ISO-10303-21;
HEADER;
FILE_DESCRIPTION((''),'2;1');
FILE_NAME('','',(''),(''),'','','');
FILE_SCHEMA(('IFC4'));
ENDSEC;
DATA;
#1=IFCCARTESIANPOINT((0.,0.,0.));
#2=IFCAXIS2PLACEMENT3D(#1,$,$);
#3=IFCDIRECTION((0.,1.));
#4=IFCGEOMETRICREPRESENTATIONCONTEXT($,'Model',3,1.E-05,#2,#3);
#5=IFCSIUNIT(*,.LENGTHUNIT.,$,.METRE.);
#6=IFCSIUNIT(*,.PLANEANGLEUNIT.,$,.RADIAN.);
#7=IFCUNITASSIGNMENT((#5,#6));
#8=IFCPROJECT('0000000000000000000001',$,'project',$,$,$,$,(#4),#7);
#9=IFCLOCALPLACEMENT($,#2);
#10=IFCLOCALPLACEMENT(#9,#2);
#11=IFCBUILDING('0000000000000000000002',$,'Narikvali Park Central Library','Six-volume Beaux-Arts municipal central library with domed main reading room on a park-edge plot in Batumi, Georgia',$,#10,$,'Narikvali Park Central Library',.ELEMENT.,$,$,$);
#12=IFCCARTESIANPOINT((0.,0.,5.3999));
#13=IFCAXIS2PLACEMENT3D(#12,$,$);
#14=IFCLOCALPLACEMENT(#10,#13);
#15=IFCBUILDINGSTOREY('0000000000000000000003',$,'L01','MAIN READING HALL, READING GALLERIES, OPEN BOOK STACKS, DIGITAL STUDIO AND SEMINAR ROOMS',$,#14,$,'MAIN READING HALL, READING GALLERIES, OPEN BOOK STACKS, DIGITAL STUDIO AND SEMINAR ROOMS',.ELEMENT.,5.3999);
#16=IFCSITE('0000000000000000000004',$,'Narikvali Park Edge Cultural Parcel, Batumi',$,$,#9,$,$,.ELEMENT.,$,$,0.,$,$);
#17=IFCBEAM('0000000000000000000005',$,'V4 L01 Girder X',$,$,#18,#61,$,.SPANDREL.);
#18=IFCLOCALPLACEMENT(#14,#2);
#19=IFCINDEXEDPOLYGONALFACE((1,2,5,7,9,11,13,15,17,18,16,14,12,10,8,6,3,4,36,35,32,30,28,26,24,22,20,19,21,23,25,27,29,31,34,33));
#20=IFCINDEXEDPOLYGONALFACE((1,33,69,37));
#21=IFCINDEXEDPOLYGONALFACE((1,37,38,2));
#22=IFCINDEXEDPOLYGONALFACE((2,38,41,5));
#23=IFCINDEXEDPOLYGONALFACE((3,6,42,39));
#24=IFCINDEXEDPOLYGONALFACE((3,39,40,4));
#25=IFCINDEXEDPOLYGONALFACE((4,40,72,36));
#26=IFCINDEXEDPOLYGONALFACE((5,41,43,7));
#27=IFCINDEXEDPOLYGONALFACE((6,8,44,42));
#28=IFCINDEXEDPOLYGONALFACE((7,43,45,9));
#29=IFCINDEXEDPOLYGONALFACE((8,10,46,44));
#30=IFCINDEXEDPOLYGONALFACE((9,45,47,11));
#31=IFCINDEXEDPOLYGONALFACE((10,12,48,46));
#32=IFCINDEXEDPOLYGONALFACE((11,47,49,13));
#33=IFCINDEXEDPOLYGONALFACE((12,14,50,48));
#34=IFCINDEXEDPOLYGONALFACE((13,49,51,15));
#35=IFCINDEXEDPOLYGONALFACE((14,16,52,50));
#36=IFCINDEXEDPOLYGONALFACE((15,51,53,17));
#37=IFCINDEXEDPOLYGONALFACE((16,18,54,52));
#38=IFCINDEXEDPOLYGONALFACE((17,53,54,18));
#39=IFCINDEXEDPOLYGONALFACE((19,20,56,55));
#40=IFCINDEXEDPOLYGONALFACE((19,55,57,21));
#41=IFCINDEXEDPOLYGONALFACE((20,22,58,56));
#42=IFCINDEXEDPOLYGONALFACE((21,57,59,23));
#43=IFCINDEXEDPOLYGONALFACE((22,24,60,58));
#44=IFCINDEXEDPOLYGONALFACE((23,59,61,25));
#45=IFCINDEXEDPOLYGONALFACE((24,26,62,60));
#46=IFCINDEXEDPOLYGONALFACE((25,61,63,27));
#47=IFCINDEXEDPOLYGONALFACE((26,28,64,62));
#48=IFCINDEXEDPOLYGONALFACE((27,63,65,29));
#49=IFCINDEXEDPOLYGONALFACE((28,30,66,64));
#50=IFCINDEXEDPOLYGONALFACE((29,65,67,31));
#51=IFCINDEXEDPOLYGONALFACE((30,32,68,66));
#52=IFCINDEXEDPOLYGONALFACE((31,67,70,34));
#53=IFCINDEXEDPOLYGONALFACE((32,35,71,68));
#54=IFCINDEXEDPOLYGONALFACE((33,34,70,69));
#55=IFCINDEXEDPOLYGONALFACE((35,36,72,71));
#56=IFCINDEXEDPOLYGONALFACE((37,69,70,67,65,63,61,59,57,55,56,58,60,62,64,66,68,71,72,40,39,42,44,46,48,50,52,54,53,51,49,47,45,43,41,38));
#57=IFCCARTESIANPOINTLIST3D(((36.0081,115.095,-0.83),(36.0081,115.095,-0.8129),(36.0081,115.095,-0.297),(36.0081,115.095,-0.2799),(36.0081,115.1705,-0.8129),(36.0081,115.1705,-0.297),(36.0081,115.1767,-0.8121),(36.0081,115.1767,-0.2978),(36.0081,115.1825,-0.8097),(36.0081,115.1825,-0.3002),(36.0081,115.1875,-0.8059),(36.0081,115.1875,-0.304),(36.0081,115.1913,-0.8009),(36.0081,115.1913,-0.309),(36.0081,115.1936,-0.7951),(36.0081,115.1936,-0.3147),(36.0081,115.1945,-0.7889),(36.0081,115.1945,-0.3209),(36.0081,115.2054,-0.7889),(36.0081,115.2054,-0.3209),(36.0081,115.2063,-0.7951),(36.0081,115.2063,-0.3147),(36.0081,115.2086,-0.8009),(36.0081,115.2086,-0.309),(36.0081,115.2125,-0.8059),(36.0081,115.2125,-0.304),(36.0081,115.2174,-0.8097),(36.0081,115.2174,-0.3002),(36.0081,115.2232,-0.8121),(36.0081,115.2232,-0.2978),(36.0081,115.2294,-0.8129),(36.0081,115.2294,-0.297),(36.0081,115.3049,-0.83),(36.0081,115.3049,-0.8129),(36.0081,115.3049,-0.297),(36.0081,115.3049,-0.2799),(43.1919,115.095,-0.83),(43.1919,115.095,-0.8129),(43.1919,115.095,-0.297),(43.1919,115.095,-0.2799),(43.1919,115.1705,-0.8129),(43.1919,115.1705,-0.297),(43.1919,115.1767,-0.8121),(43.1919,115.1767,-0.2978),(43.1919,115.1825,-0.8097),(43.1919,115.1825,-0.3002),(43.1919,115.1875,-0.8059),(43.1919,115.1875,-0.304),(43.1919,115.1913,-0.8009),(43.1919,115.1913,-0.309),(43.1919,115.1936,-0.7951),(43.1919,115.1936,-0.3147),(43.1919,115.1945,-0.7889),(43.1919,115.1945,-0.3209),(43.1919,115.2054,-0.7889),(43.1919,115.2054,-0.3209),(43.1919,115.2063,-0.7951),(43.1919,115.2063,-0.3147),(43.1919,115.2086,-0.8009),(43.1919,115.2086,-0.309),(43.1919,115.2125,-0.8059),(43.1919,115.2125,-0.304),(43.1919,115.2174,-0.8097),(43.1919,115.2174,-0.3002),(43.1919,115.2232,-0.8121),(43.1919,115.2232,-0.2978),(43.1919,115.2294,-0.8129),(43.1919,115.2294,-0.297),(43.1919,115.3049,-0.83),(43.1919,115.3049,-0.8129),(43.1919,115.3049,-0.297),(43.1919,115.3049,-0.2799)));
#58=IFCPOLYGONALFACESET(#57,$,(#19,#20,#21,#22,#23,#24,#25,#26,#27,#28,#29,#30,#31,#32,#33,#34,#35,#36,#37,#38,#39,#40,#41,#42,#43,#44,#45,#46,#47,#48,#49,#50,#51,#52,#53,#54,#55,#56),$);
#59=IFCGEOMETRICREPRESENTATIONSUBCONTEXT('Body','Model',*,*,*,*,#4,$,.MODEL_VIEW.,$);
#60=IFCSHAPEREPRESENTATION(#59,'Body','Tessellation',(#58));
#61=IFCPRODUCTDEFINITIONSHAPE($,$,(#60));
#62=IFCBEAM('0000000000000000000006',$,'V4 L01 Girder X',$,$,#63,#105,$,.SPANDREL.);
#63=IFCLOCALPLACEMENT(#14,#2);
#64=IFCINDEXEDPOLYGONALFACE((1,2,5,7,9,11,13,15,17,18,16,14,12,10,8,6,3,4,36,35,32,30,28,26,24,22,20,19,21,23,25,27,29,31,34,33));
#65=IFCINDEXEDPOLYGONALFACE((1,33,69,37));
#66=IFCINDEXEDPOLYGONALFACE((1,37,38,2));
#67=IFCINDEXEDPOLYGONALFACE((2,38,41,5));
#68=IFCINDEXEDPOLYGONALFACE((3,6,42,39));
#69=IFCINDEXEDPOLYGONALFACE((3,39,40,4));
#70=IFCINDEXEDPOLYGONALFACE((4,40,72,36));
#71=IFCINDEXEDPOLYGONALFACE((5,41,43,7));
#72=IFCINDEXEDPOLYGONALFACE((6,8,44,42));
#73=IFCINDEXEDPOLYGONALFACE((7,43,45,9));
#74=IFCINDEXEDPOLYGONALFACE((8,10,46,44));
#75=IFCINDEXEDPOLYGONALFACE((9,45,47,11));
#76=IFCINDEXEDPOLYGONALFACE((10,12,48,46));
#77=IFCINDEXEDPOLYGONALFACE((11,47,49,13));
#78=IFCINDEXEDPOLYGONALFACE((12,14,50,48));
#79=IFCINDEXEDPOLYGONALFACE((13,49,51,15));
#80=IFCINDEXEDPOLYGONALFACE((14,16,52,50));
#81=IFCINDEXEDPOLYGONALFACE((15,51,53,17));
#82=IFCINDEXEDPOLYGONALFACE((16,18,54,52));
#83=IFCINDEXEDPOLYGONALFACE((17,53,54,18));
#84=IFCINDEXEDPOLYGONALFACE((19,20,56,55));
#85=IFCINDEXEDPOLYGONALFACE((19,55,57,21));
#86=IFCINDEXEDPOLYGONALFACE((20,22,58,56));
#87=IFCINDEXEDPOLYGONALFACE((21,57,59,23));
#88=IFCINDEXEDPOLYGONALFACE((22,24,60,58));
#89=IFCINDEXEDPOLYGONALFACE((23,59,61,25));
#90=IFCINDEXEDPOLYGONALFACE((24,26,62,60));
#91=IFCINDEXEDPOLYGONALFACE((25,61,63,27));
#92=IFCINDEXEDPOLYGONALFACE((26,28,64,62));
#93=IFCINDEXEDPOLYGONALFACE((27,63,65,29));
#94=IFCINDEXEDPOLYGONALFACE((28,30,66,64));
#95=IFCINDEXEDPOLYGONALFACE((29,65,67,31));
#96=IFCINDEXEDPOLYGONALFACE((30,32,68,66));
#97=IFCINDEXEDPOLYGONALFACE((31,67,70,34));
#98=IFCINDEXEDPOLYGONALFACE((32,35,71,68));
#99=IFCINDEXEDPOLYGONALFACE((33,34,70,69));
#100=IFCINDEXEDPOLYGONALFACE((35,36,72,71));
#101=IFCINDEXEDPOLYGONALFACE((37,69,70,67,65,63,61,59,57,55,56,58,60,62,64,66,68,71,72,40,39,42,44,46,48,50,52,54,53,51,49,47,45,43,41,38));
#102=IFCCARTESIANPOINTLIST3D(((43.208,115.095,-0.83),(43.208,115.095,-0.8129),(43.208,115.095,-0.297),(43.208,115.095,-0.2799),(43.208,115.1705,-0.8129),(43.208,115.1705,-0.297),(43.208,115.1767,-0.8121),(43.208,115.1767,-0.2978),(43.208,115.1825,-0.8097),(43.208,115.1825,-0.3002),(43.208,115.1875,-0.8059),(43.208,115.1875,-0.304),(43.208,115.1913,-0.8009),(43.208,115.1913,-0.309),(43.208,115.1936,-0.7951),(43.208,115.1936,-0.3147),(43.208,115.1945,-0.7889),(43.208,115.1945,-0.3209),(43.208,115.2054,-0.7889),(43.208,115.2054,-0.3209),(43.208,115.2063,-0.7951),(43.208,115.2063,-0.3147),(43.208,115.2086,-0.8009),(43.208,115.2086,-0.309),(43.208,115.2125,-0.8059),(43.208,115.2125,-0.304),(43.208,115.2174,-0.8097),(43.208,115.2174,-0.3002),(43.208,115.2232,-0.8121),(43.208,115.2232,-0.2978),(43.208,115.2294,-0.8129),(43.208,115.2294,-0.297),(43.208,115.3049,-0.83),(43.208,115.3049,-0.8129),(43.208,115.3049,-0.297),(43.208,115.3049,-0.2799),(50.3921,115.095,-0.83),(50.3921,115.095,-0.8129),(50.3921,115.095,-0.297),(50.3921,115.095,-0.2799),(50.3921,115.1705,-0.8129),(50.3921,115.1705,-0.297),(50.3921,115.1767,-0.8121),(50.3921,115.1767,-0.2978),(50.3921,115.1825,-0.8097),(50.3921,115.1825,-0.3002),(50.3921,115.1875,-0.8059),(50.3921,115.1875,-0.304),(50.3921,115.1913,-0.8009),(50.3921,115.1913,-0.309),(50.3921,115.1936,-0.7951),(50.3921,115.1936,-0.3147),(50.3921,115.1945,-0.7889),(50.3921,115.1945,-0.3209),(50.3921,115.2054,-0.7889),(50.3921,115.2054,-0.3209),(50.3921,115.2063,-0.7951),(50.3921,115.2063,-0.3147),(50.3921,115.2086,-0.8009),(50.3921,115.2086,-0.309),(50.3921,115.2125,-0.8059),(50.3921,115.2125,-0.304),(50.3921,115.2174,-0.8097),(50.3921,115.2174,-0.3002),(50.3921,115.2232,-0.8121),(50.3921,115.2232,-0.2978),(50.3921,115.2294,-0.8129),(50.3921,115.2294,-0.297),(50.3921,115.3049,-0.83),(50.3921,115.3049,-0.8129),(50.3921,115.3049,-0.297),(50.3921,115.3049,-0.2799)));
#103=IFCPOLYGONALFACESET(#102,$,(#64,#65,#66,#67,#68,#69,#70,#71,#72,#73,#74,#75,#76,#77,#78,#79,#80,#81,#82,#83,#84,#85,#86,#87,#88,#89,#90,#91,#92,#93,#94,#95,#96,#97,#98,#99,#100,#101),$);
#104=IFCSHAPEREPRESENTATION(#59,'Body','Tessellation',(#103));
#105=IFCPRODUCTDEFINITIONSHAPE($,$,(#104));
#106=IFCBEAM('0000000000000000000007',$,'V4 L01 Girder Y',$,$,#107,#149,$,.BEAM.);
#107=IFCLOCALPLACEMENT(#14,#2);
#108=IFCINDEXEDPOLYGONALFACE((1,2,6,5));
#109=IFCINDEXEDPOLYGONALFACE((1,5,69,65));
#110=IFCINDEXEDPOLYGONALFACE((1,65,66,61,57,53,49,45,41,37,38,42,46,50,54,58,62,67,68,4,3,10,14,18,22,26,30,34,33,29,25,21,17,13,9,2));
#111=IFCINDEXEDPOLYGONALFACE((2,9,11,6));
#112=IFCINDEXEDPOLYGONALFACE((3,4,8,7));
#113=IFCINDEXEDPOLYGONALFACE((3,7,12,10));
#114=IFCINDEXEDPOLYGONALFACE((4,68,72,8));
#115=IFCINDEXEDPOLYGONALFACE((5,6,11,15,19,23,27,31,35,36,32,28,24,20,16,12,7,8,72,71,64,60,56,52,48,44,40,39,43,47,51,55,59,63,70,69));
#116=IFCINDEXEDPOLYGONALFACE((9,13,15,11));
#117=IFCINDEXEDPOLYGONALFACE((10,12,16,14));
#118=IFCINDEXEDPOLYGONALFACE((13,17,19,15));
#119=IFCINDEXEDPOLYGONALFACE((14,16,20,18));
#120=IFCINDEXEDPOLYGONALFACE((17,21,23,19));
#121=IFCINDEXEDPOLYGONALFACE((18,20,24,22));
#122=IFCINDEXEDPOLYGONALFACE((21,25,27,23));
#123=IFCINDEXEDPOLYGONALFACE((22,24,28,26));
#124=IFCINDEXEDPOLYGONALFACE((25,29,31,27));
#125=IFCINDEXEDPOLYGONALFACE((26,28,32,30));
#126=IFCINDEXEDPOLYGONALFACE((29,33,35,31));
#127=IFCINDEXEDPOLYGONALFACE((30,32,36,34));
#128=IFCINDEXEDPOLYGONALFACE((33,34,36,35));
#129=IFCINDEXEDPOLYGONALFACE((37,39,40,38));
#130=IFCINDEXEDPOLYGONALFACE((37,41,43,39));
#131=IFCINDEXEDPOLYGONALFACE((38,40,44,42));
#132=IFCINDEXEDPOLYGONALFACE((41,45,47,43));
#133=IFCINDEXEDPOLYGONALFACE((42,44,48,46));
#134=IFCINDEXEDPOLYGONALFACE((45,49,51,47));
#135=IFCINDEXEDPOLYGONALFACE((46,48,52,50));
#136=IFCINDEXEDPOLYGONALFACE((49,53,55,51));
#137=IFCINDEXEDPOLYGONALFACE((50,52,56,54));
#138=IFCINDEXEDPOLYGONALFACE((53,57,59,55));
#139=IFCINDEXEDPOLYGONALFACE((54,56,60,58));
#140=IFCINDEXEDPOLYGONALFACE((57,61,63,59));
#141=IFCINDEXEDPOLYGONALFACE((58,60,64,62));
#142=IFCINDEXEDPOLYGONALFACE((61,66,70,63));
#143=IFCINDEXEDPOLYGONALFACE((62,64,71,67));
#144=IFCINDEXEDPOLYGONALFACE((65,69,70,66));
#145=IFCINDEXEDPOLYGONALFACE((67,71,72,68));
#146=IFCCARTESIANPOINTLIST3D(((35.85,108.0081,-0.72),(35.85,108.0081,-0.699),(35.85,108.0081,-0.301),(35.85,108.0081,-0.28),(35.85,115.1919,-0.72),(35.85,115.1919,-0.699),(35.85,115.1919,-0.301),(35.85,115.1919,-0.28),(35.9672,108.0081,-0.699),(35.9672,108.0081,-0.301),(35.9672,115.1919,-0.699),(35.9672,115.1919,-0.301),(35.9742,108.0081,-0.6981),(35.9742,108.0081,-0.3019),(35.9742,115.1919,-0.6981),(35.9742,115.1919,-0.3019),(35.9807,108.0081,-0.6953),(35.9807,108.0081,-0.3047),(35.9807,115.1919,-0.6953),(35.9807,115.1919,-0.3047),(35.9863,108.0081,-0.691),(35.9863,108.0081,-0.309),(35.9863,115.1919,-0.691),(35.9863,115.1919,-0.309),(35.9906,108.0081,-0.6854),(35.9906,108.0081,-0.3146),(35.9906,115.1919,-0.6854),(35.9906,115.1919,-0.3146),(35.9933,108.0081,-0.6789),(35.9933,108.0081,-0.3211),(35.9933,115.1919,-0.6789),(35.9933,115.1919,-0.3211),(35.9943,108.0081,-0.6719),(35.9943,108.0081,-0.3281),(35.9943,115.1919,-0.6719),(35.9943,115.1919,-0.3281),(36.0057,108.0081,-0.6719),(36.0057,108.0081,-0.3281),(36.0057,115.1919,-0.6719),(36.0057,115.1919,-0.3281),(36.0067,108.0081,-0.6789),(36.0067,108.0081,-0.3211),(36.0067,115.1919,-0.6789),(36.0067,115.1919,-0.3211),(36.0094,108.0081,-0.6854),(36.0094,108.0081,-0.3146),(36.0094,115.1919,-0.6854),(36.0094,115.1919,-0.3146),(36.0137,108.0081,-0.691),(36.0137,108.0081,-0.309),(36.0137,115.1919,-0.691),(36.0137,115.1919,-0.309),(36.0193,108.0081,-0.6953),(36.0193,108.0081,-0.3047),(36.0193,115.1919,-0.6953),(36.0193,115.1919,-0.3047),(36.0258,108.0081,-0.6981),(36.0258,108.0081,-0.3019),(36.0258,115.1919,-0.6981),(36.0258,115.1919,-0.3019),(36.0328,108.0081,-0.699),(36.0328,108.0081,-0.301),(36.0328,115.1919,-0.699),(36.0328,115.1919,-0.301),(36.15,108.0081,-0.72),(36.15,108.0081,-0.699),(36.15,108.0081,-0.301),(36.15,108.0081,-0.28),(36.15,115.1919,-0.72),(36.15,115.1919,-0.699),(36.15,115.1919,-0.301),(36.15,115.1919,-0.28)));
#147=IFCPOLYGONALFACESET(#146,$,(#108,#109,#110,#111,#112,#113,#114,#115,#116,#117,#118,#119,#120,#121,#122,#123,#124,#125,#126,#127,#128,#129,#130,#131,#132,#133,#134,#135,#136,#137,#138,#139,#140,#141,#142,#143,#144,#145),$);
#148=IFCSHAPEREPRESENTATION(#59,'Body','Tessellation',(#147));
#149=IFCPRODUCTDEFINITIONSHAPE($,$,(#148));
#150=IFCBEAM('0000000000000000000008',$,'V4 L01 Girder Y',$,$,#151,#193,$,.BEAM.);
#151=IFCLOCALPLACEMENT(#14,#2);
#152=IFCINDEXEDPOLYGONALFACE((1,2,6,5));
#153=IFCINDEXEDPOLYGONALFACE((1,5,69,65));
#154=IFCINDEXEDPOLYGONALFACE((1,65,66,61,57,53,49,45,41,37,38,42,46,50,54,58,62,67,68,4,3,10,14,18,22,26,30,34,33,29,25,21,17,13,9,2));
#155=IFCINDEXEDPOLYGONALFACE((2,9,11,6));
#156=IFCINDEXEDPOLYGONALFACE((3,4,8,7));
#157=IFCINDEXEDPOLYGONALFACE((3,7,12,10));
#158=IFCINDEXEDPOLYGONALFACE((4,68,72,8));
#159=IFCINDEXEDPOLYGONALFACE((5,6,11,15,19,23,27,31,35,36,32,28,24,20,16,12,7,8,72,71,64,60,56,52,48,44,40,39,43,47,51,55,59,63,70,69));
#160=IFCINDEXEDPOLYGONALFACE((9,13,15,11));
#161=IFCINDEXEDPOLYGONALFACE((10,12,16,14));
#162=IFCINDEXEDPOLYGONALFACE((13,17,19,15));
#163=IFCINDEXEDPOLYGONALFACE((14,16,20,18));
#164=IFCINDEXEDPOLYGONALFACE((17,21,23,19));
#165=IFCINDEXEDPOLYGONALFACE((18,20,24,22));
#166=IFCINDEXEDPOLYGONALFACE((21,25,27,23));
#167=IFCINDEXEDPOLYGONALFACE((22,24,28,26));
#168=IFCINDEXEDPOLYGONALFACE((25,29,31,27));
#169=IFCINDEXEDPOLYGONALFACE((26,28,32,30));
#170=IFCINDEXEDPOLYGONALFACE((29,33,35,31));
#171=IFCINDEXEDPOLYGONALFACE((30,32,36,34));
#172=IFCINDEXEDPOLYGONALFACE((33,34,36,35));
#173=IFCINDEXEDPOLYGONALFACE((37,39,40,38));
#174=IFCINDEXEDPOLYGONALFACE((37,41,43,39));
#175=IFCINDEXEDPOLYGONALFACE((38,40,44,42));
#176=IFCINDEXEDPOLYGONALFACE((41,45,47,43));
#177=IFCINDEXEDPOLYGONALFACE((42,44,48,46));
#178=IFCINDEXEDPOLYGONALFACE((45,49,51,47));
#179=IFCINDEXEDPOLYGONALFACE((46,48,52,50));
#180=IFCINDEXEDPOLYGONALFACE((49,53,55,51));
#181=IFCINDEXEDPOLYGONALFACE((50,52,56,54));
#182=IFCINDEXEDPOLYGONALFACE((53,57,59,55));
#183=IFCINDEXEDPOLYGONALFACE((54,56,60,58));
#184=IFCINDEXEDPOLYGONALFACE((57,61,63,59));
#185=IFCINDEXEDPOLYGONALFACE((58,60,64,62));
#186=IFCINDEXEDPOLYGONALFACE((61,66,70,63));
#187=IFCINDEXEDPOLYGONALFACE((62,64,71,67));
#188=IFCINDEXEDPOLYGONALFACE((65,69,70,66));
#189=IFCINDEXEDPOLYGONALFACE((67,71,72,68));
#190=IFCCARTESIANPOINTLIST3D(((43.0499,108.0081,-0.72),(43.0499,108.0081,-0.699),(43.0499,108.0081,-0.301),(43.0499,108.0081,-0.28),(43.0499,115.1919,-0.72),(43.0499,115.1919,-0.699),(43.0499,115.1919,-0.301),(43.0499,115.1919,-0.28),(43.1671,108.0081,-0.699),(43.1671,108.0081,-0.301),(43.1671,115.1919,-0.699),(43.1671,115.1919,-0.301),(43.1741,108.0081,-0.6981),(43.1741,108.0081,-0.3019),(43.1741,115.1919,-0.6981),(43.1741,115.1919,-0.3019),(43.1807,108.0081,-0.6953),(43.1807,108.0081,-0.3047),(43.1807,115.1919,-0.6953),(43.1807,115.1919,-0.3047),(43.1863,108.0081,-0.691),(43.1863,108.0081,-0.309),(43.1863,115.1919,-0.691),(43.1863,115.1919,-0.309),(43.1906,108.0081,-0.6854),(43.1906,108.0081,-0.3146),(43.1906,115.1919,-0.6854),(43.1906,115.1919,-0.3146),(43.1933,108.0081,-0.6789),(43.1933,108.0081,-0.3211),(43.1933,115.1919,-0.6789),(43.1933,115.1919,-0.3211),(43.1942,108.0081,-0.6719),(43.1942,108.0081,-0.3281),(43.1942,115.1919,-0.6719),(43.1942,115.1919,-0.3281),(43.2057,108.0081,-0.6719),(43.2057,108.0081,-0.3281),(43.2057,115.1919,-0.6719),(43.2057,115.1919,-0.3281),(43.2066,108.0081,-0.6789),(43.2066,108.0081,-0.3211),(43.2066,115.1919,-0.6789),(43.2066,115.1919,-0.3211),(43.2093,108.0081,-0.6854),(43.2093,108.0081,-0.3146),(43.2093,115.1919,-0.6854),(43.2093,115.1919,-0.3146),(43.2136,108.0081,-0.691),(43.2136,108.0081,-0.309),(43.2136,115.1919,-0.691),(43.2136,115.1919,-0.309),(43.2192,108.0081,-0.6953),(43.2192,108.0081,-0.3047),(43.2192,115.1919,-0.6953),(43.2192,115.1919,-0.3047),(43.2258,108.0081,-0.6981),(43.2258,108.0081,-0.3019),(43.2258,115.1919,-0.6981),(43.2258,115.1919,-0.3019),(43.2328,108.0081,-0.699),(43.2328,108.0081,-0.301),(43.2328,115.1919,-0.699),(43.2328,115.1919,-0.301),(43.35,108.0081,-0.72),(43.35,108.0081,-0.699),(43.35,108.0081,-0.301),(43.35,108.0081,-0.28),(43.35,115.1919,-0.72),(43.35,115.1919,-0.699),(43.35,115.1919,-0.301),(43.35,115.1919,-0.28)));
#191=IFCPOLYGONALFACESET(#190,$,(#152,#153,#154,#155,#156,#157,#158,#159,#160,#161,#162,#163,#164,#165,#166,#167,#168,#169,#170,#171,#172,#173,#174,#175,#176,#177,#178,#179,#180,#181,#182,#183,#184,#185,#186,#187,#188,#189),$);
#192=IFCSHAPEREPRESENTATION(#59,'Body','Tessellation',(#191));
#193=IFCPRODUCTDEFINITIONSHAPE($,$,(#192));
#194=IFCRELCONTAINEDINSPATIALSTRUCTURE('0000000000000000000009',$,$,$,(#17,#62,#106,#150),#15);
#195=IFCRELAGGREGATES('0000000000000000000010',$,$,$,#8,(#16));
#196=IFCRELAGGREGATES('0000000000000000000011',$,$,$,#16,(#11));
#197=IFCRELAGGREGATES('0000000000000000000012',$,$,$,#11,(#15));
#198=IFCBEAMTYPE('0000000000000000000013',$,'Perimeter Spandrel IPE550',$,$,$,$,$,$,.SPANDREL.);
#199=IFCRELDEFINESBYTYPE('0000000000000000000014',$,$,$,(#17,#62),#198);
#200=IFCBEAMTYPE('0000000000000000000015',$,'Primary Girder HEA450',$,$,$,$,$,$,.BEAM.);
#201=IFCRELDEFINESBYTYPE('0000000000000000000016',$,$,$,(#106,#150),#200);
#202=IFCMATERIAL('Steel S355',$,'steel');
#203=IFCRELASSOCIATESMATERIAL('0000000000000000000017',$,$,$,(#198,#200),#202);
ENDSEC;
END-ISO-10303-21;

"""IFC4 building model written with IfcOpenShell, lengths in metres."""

from ifc_helpers import new_model, si_unit, direction, frame, origin, origin_2d, place, context, subcontext, project, spatial, i_section, extrude, material, material_profile, profile_set, type_object, element, save


model = new_model("IFC4")

# Units and contexts
model_context = context("Model", 3, precision=1e-05, world=origin(), true_north=direction((0.0, 1.0)))
body_context = subcontext(model_context, "Body", "Model", "MODEL_VIEW")
ifc_project = project(units=[si_unit("LENGTHUNIT", "METRE"), si_unit("PLANEANGLEUNIT", "RADIAN")], contexts=[model_context])

# Site, building, storey
site_placement = place(None, origin())
site = spatial("IfcSite", under=ifc_project, at=site_placement, Name="Narikvali Park Edge Cultural Parcel, Batumi", CompositionType="ELEMENT", RefElevation=0.0)
building_placement = place(site_placement, origin())
building = spatial("IfcBuilding", under=site, at=building_placement, Name="Narikvali Park Central Library", Description="Six-volume Beaux-Arts municipal central library with domed main reading room on a park-edge plot in Batumi, Georgia", LongName="Narikvali Park Central Library", CompositionType="ELEMENT")
storey_placement = place(building_placement, frame((0.0, 0.0, 5.3999)))
storey = spatial("IfcBuildingStorey", under=building, at=storey_placement, Name="L01", Description="MAIN READING HALL, READING GALLERIES, OPEN BOOK STACKS, DIGITAL STUDIO AND SEMINAR ROOMS", LongName="MAIN READING HALL, READING GALLERIES, OPEN BOOK STACKS, DIGITAL STUDIO AND SEMINAR ROOMS", CompositionType="ELEMENT", Elevation=5.3999)

# Shared definitions
ifc_material_1 = material(Name="Steel S355", Category="steel")

# Beams
ifc_material_profile_1 = material_profile(ifc_material_1, i_section(OverallWidth=0.21, OverallDepth=0.55, WebThickness=0.011, FlangeThickness=0.0171, FilletRadius=0.0239, at=origin_2d()), Name="IPE 550")
ifc_profile_set_1 = profile_set([ifc_material_profile_1], Name="Steel S355")
beam_type_1 = type_object("IfcBeamType", Name="Perimeter Spandrel IPE550", PredefinedType="SPANDREL", material=ifc_profile_set_1)
beam_1_placement = place(storey_placement, frame((36.0081, 115.2, -0.5549), z_axis=(1.0, 0.0, 0.0), x_axis=(0.0, 1.0, 0.0)))
element("IfcBeam", 1, at=beam_1_placement, inside=storey, type_object=beam_type_1, Name="V4 L01 Girder X", PredefinedType="SPANDREL", context=body_context, shape_type="SweptSolid", body=[
    extrude(i_section(OverallWidth=0.21, OverallDepth=0.55, WebThickness=0.011, FlangeThickness=0.0171, FilletRadius=0.0239, at=origin_2d()), origin(), (0.0, 0.0, 1.0), 7.1838),
])
beam_2_placement = place(storey_placement, frame((43.208, 115.2, -0.5549), z_axis=(1.0, 0.0, 0.0), x_axis=(0.0, 1.0, 0.0)))
element("IfcBeam", 2, at=beam_2_placement, inside=storey, type_object=beam_type_1, Name="V4 L01 Girder X", PredefinedType="SPANDREL", context=body_context, shape_type="SweptSolid", body=[
    extrude(i_section(OverallWidth=0.21, OverallDepth=0.55, WebThickness=0.011, FlangeThickness=0.0171, FilletRadius=0.0239, at=origin_2d()), origin(), (0.0, 0.0, 1.0), 7.1841),
])
ifc_material_profile_2 = material_profile(ifc_material_1, i_section(OverallWidth=0.3, OverallDepth=0.4399, WebThickness=0.0115, FlangeThickness=0.021, FilletRadius=0.0271, at=origin_2d()), Name="HEA 450")
ifc_profile_set_2 = profile_set([ifc_material_profile_2], Name="Steel S355")
beam_type_2 = type_object("IfcBeamType", Name="Primary Girder HEA450", PredefinedType="BEAM", material=ifc_profile_set_2)
for number, where, z_axis, x_axis, name in (
    (3, (36.0, 108.0081, -0.5), (0.0, 1.0, 0.0), (-1.0, 0.0, 0.0), "V4 L01 Girder Y"),
    (4, (43.2, 108.0081, -0.5), (0.0, 1.0, 0.0), (-1.0, 0.0, 0.0), "V4 L01 Girder Y"),
):
    element("IfcBeam", number, at=place(storey_placement, frame(where, z_axis=z_axis, x_axis=x_axis)), inside=storey, type_object=beam_type_2, Name=name, PredefinedType="BEAM", context=body_context, shape_type="SweptSolid", body=[
        extrude(i_section(OverallWidth=0.3, OverallDepth=0.4399, WebThickness=0.0115, FlangeThickness=0.021, FilletRadius=0.0271, at=origin_2d()), origin(), (0.0, 0.0, 1.0), 7.1838),
    ])

save(model, "model.ifc")
